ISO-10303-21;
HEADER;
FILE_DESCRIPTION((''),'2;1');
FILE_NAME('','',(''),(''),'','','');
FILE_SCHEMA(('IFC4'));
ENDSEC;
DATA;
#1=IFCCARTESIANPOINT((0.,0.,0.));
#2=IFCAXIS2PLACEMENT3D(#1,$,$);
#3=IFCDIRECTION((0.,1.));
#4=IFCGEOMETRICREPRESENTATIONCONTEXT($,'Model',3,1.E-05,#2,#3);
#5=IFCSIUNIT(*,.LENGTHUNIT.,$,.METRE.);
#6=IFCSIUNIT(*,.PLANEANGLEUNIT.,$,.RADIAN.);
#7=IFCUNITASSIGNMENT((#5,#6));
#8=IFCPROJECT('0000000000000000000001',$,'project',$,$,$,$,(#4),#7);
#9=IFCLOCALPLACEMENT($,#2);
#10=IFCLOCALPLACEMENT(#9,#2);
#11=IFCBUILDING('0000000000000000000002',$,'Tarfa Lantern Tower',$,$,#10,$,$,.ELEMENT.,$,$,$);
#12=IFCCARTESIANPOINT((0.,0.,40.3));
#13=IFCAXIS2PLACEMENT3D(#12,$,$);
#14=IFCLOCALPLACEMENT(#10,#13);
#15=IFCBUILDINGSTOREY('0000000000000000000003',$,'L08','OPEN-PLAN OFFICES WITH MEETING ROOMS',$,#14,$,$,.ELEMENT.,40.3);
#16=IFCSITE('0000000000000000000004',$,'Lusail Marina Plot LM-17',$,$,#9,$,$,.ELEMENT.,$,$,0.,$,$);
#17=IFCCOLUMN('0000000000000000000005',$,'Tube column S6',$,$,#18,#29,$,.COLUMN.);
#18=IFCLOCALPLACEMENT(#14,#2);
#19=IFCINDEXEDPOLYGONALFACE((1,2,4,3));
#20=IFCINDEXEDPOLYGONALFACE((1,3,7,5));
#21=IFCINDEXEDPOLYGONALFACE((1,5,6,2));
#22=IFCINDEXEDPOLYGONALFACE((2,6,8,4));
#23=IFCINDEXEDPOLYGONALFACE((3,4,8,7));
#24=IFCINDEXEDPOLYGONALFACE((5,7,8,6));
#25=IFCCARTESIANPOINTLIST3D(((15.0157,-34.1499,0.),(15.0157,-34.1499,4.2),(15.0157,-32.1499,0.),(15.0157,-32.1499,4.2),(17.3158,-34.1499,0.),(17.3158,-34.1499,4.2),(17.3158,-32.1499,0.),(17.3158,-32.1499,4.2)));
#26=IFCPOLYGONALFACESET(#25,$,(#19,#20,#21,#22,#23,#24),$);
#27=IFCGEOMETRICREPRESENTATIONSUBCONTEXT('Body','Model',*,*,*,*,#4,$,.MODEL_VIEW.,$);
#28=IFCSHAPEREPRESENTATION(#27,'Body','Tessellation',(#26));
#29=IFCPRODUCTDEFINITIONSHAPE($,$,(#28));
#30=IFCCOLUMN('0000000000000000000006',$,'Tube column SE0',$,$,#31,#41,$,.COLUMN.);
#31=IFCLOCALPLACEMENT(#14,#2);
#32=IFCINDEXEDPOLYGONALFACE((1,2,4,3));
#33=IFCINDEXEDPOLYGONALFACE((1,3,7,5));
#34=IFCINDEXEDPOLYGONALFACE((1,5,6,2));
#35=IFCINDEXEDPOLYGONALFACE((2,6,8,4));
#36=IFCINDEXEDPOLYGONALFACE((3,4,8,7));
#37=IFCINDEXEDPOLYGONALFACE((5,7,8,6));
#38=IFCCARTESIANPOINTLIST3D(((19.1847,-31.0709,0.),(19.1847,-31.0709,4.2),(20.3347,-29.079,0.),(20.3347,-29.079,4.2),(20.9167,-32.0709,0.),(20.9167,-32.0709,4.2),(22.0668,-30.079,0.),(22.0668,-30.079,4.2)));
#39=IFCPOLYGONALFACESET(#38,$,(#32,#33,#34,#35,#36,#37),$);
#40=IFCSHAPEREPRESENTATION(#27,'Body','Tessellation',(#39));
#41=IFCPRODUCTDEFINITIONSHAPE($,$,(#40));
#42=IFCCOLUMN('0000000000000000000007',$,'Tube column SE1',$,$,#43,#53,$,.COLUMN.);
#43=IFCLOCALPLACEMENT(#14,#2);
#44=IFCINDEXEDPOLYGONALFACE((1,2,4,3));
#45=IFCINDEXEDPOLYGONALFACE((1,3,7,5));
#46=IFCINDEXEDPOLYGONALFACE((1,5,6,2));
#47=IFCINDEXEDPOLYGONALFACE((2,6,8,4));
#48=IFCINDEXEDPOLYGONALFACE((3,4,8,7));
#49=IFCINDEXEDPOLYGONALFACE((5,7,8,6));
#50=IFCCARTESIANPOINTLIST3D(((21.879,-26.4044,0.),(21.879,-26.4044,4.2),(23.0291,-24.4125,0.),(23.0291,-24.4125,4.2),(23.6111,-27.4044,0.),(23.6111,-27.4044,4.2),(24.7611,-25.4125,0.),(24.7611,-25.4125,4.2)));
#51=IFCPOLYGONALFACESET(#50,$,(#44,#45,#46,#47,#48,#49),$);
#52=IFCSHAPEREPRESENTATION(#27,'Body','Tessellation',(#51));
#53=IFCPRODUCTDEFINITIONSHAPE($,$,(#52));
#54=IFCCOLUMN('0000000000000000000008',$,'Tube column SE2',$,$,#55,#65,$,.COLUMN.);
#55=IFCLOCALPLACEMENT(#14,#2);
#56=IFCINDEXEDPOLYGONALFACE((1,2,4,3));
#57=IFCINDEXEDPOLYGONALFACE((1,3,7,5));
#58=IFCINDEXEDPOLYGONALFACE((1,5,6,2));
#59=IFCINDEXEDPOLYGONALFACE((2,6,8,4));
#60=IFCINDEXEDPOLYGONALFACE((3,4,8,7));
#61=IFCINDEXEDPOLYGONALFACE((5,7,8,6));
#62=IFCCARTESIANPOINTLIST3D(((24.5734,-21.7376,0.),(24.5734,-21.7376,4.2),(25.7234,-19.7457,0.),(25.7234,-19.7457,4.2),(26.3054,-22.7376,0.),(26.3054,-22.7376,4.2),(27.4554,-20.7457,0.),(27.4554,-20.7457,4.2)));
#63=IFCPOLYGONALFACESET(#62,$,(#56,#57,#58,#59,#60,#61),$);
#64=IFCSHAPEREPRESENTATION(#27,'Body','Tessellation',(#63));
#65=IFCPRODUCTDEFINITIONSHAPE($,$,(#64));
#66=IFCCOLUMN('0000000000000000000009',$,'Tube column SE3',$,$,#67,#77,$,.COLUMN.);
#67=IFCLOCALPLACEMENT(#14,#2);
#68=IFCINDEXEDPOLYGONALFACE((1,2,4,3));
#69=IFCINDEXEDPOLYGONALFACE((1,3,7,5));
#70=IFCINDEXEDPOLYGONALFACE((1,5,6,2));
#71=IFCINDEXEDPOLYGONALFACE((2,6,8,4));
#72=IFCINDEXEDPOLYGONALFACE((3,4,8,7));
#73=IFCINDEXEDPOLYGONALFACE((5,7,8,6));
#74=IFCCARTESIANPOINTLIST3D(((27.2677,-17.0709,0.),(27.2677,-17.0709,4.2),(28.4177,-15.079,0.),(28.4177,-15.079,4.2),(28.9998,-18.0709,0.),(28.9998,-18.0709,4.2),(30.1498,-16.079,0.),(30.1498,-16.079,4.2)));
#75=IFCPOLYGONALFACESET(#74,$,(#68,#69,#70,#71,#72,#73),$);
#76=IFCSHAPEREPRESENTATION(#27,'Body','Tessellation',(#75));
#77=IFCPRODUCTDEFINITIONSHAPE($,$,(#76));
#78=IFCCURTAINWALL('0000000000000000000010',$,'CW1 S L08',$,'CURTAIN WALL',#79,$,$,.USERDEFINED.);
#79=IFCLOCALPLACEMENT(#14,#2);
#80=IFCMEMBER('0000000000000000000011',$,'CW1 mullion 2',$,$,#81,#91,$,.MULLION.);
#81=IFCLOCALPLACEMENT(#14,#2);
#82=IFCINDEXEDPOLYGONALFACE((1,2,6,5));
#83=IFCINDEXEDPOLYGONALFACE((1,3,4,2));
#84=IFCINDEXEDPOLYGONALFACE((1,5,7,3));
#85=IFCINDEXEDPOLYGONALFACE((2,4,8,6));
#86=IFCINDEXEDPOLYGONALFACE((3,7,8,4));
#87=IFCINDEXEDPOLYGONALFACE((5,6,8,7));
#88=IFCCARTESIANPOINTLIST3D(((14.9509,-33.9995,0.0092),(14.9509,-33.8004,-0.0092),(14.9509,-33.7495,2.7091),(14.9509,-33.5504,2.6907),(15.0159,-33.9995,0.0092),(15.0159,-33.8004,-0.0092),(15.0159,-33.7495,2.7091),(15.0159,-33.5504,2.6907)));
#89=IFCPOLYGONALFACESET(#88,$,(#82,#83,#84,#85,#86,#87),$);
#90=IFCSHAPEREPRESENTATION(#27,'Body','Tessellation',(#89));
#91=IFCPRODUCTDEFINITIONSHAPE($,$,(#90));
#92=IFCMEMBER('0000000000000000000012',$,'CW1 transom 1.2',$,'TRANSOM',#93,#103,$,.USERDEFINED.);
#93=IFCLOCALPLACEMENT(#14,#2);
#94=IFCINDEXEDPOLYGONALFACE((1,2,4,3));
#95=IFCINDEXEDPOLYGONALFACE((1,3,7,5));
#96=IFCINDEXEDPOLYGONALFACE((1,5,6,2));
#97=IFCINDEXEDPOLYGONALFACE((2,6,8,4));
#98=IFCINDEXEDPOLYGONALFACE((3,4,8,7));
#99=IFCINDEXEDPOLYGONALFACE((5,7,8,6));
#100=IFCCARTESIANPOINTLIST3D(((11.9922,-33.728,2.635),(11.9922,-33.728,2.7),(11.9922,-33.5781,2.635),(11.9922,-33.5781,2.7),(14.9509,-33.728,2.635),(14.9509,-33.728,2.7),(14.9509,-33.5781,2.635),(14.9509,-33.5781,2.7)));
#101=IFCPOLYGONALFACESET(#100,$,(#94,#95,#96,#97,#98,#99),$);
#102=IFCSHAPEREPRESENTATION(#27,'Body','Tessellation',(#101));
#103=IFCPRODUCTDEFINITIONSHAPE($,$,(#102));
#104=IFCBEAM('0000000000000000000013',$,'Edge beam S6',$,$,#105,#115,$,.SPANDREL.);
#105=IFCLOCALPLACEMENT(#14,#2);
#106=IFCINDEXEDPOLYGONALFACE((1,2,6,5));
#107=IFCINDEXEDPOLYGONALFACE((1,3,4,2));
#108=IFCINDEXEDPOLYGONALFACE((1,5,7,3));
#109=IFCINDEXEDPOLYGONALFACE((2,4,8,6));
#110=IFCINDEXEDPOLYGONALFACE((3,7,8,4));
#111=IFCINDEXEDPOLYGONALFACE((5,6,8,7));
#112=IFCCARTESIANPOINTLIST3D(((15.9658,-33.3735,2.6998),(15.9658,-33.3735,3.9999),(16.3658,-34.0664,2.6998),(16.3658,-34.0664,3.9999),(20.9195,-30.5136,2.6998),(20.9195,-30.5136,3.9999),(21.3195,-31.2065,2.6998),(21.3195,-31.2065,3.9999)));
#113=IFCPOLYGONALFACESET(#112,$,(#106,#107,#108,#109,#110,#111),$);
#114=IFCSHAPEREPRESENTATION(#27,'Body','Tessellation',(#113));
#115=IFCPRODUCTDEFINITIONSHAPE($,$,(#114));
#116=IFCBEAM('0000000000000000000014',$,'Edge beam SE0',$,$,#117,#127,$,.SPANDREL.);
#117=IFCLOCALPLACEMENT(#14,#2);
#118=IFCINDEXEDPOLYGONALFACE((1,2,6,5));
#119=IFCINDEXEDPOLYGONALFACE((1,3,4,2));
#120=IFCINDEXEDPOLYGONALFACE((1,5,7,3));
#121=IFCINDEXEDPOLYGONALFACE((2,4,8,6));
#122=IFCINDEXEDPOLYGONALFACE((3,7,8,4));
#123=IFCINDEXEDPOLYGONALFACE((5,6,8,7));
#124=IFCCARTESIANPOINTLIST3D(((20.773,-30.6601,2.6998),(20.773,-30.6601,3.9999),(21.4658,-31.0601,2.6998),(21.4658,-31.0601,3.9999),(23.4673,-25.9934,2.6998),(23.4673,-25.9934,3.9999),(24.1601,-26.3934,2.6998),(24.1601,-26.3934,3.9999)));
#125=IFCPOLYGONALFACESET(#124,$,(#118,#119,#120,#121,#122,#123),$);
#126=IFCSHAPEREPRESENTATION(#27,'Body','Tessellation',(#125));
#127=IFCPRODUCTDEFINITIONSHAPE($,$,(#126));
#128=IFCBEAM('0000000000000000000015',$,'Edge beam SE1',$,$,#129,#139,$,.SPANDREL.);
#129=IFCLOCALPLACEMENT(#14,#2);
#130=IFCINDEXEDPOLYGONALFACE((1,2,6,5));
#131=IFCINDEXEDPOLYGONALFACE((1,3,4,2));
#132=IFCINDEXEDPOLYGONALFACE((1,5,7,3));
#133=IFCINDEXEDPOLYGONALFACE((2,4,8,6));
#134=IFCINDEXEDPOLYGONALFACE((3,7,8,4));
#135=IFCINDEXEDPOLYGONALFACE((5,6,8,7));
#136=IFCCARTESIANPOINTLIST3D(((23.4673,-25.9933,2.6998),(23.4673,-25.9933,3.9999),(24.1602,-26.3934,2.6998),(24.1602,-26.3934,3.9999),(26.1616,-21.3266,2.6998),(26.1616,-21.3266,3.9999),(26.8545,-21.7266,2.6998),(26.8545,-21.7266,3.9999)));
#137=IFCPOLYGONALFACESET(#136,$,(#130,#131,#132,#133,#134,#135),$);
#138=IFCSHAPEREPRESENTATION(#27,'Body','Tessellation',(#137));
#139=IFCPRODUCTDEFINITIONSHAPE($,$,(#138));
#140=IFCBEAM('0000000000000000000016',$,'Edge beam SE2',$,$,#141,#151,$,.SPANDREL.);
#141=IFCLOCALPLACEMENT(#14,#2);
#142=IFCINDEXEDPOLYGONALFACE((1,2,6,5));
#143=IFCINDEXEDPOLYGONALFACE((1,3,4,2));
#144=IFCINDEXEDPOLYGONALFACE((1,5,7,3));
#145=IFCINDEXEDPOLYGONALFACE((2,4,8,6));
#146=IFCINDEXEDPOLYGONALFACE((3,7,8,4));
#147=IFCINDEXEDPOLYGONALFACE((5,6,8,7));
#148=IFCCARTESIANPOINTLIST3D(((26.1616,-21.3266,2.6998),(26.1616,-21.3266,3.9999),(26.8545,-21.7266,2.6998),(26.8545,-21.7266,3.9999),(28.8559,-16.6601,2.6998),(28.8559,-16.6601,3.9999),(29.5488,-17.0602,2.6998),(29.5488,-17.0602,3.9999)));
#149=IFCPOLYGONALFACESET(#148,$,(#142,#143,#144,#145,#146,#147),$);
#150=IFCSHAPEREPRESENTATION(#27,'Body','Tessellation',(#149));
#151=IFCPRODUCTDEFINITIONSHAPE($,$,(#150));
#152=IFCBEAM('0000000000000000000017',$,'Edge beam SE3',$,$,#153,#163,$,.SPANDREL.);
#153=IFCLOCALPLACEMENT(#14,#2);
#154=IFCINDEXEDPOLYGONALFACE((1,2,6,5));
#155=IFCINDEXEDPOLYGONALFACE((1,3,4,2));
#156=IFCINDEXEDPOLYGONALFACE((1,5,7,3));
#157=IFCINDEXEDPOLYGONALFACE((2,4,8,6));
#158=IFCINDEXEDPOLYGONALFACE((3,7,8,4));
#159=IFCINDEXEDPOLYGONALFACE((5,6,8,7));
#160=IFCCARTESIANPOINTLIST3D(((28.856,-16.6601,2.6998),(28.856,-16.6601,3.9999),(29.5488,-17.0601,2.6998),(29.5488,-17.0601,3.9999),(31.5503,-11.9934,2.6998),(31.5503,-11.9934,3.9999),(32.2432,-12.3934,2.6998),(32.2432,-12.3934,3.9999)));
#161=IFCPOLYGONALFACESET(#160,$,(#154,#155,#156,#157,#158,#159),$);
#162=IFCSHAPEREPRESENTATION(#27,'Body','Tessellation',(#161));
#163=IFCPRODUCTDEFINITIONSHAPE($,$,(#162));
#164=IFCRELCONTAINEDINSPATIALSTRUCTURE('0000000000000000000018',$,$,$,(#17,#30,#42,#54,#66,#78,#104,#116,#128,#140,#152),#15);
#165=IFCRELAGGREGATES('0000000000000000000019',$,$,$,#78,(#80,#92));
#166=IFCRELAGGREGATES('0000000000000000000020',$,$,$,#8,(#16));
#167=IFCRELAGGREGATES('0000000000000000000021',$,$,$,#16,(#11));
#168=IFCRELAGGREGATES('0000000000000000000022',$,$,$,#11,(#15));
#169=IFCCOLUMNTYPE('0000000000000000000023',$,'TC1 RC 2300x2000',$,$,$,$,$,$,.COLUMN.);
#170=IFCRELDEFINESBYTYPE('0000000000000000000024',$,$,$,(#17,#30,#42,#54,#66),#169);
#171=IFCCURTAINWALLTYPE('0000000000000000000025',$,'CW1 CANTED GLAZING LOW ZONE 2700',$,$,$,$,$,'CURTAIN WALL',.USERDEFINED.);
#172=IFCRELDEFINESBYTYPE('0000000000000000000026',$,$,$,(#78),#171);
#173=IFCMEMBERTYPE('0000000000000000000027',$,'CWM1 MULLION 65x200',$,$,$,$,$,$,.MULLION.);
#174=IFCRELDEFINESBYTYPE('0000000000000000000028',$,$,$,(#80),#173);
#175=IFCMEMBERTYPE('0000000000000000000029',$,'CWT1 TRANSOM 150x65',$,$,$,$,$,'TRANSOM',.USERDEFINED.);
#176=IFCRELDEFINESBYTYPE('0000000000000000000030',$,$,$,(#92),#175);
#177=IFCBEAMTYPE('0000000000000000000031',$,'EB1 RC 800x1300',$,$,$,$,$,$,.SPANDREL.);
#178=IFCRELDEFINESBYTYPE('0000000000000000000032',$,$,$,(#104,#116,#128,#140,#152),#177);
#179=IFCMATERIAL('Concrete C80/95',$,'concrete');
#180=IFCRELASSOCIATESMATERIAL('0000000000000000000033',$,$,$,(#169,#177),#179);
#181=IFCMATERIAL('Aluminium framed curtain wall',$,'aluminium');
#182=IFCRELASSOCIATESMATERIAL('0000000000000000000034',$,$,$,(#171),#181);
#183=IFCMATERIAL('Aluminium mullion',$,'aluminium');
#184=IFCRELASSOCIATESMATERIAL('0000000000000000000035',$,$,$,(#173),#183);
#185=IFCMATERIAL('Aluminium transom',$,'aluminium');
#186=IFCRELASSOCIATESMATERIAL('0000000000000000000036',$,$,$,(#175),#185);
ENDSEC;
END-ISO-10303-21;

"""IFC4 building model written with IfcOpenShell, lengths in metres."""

from ifc_helpers import new_model, si_unit, direction, frame, origin, origin_2d, place, context, subcontext, project, spatial, rectangle, extrude, material, material_profile, profile_set, type_object, element, aggregate, save


model = new_model("IFC4")

# Units and contexts
model_context = context("Model", 3, precision=1e-05, world=origin(), true_north=direction((0.0, 1.0)))
body_context = subcontext(model_context, "Body", "Model", "MODEL_VIEW")
ifc_project = project(units=[si_unit("LENGTHUNIT", "METRE"), si_unit("PLANEANGLEUNIT", "RADIAN")], contexts=[model_context])

# Site, building, storey
site_placement = place(None, origin())
site = spatial("IfcSite", under=ifc_project, at=site_placement, Name="Lusail Marina Plot LM-17", CompositionType="ELEMENT", RefElevation=0.0)
building_placement = place(site_placement, origin())
building = spatial("IfcBuilding", under=site, at=building_placement, Name="Tarfa Lantern Tower", CompositionType="ELEMENT")
storey_placement = place(building_placement, frame((0.0, 0.0, 40.3)))
storey = spatial("IfcBuildingStorey", under=building, at=storey_placement, Name="L08", Description="OPEN-PLAN OFFICES WITH MEETING ROOMS", CompositionType="ELEMENT", Elevation=40.3)

# Columns
ifc_material_1 = material(Name="Concrete C80/95", Category="concrete")
ifc_material_profile_1 = material_profile(ifc_material_1, rectangle(XDim=2.3, YDim=2.0, at=origin_2d()), Name="RC 2300x2000")
ifc_profile_set_1 = profile_set([ifc_material_profile_1], Name="Concrete C80/95")
column_type = type_object("IfcColumnType", Name="TC1 RC 2300x2000", PredefinedType="COLUMN", material=ifc_profile_set_1)
for number, where, z_axis, x_axis, name in (
    (1, (16.1658, -33.1499, 0.0), (0.0, 0.0, 1.0), (1.0, 0.0, 0.0), "Tube column S6"),
    (2, (20.6257, -30.575, 0.0), (0.0, 0.0, 1.0), (0.5, 0.866025, 0.0), "Tube column SE0"),
    (3, (23.3201, -25.9084, 0.0), (0.0, 0.0, 1.0), (0.5, 0.866025, 0.0), "Tube column SE1"),
    (4, (26.0144, -21.2417, 0.0), (0.0, 0.0, 1.0), (0.5, 0.866025, 0.0), "Tube column SE2"),
    (5, (28.7087, -16.575, 0.0), (0.0, 0.0, 1.0), (0.5, 0.866025, 0.0), "Tube column SE3"),
):
    element("IfcColumn", number, at=place(storey_placement, frame(where, z_axis=z_axis, x_axis=x_axis)), inside=storey, type_object=column_type, Name=name, PredefinedType="COLUMN", context=body_context, shape_type="SweptSolid", body=[
        extrude(rectangle(XDim=2.3, YDim=2.0, at=origin_2d()), origin(), (0.0, 0.0, 1.0), 4.2),
    ])

# Curtain wall, members
ifc_material_2 = material(Name="Aluminium framed curtain wall", Category="aluminium")
curtain_wall_type = type_object("IfcCurtainWallType", Name="CW1 CANTED GLAZING LOW ZONE 2700", ElementType="CURTAIN WALL", PredefinedType="USERDEFINED", material=ifc_material_2)
curtain_wall_placement = place(storey_placement, origin())
curtain_wall = element("IfcCurtainWall", 6, at=curtain_wall_placement, inside=storey, type_object=curtain_wall_type, Name="CW1 S L08", ObjectType="CURTAIN WALL", PredefinedType="USERDEFINED")
ifc_material_3 = material(Name="Aluminium mullion", Category="aluminium")
ifc_material_profile_2 = material_profile(ifc_material_3, rectangle(XDim=0.0649, YDim=0.2, at=origin_2d()), Name="AL MULLION 65x200")
ifc_profile_set_2 = profile_set([ifc_material_profile_2], Name="Aluminium mullion")
member_type_1 = type_object("IfcMemberType", Name="CWM1 MULLION 65x200", PredefinedType="MULLION", material=ifc_profile_set_2)
member_1_placement = place(storey_placement, frame((14.9834, -33.8999, 0.0), z_axis=(0.0, 0.0922, 0.995741), x_axis=(-1.0, 0.0, 0.0)))
member_1 = element("IfcMember", 7, at=member_1_placement, type_object=member_type_1, Name="CW1 mullion 2", PredefinedType="MULLION", context=body_context, shape_type="SweptSolid", body=[
    extrude(rectangle(XDim=0.0649, YDim=0.2, at=origin_2d()), origin(), (0.0, 0.0, 1.0), 2.7114),
])
ifc_material_4 = material(Name="Aluminium transom", Category="aluminium")
ifc_material_profile_3 = material_profile(ifc_material_4, rectangle(XDim=0.1499, YDim=0.0649, at=origin_2d()), Name="AL TRANSOM 150x65")
ifc_profile_set_3 = profile_set([ifc_material_profile_3], Name="Aluminium transom")
member_type_2 = type_object("IfcMemberType", Name="CWT1 TRANSOM 150x65", ElementType="TRANSOM", PredefinedType="USERDEFINED", material=ifc_profile_set_3)
member_2_placement = place(storey_placement, frame((11.9922, -33.6531, 2.6675), z_axis=(1.0, 0.0, 0.0), x_axis=(0.0, 1.0, 0.0)))
member_2 = element("IfcMember", 8, at=member_2_placement, type_object=member_type_2, Name="CW1 transom 1.2", ObjectType="TRANSOM", PredefinedType="USERDEFINED", context=body_context, shape_type="SweptSolid", body=[
    extrude(rectangle(XDim=0.1499, YDim=0.0649, at=origin_2d()), origin(), (0.0, 0.0, 1.0), 2.9587),
])
aggregate(curtain_wall, [member_1, member_2])

# Beams
ifc_material_profile_4 = material_profile(ifc_material_1, rectangle(XDim=0.8, YDim=1.3, at=origin_2d()), Name="RC 800x1300")
ifc_profile_set_4 = profile_set([ifc_material_profile_4], Name="Concrete C80/95")
beam_type_1 = type_object("IfcBeamType", Name="EB1 RC 800x1300", PredefinedType="SPANDREL", material=ifc_profile_set_4)
beam_1_placement = place(storey_placement, frame((16.1658, -33.72, 3.3499), z_axis=(0.866033, 0.499986, 0.0), x_axis=(-0.499986, 0.866033, 0.0)))
element("IfcBeam", 9, at=beam_1_placement, inside=storey, type_object=beam_type_1, Name="Edge beam S6", PredefinedType="SPANDREL", context=body_context, shape_type="SweptSolid", body=[
    extrude(rectangle(XDim=0.8, YDim=1.3, at=origin_2d()), origin(), (0.0, 0.0, 1.0), 5.72),
])
for number, where, z_axis, x_axis, name in (
    (10, (21.1194, -30.8601, 3.3499), (0.499998, 0.866026, 0.0), (-0.866026, 0.499998, 0.0), "Edge beam SE0"),
    (11, (23.8137, -26.1934, 3.3499), (0.499998, 0.866026, 0.0), (-0.866026, 0.499998, 0.0), "Edge beam SE1"),
):
    element("IfcBeam", number, at=place(storey_placement, frame(where, z_axis=z_axis, x_axis=x_axis)), inside=storey, type_object=beam_type_1, Name=name, PredefinedType="SPANDREL", context=body_context, shape_type="SweptSolid", body=[
        extrude(rectangle(XDim=0.8, YDim=1.3, at=origin_2d()), origin(), (0.0, 0.0, 1.0), 5.3887),
    ])
beam_2_placement = place(storey_placement, frame((26.5081, -21.5266, 3.3499), z_axis=(0.500018, 0.866015, 0.0), x_axis=(-0.866015, 0.500018, 0.0)))
element("IfcBeam", 12, at=beam_2_placement, inside=storey, type_object=beam_type_1, Name="Edge beam SE2", PredefinedType="SPANDREL", context=body_context, shape_type="SweptSolid", body=[
    extrude(rectangle(XDim=0.8, YDim=1.3, at=origin_2d()), origin(), (0.0, 0.0, 1.0), 5.3884),
])
beam_3_placement = place(storey_placement, frame((29.2024, -16.8601, 3.3499), z_axis=(0.499998, 0.866026, 0.0), x_axis=(-0.866026, 0.499998, 0.0)))
element("IfcBeam", 13, at=beam_3_placement, inside=storey, type_object=beam_type_1, Name="Edge beam SE3", PredefinedType="SPANDREL", context=body_context, shape_type="SweptSolid", body=[
    extrude(rectangle(XDim=0.8, YDim=1.3, at=origin_2d()), origin(), (0.0, 0.0, 1.0), 5.3887),
])

save(model, "model.ifc")
